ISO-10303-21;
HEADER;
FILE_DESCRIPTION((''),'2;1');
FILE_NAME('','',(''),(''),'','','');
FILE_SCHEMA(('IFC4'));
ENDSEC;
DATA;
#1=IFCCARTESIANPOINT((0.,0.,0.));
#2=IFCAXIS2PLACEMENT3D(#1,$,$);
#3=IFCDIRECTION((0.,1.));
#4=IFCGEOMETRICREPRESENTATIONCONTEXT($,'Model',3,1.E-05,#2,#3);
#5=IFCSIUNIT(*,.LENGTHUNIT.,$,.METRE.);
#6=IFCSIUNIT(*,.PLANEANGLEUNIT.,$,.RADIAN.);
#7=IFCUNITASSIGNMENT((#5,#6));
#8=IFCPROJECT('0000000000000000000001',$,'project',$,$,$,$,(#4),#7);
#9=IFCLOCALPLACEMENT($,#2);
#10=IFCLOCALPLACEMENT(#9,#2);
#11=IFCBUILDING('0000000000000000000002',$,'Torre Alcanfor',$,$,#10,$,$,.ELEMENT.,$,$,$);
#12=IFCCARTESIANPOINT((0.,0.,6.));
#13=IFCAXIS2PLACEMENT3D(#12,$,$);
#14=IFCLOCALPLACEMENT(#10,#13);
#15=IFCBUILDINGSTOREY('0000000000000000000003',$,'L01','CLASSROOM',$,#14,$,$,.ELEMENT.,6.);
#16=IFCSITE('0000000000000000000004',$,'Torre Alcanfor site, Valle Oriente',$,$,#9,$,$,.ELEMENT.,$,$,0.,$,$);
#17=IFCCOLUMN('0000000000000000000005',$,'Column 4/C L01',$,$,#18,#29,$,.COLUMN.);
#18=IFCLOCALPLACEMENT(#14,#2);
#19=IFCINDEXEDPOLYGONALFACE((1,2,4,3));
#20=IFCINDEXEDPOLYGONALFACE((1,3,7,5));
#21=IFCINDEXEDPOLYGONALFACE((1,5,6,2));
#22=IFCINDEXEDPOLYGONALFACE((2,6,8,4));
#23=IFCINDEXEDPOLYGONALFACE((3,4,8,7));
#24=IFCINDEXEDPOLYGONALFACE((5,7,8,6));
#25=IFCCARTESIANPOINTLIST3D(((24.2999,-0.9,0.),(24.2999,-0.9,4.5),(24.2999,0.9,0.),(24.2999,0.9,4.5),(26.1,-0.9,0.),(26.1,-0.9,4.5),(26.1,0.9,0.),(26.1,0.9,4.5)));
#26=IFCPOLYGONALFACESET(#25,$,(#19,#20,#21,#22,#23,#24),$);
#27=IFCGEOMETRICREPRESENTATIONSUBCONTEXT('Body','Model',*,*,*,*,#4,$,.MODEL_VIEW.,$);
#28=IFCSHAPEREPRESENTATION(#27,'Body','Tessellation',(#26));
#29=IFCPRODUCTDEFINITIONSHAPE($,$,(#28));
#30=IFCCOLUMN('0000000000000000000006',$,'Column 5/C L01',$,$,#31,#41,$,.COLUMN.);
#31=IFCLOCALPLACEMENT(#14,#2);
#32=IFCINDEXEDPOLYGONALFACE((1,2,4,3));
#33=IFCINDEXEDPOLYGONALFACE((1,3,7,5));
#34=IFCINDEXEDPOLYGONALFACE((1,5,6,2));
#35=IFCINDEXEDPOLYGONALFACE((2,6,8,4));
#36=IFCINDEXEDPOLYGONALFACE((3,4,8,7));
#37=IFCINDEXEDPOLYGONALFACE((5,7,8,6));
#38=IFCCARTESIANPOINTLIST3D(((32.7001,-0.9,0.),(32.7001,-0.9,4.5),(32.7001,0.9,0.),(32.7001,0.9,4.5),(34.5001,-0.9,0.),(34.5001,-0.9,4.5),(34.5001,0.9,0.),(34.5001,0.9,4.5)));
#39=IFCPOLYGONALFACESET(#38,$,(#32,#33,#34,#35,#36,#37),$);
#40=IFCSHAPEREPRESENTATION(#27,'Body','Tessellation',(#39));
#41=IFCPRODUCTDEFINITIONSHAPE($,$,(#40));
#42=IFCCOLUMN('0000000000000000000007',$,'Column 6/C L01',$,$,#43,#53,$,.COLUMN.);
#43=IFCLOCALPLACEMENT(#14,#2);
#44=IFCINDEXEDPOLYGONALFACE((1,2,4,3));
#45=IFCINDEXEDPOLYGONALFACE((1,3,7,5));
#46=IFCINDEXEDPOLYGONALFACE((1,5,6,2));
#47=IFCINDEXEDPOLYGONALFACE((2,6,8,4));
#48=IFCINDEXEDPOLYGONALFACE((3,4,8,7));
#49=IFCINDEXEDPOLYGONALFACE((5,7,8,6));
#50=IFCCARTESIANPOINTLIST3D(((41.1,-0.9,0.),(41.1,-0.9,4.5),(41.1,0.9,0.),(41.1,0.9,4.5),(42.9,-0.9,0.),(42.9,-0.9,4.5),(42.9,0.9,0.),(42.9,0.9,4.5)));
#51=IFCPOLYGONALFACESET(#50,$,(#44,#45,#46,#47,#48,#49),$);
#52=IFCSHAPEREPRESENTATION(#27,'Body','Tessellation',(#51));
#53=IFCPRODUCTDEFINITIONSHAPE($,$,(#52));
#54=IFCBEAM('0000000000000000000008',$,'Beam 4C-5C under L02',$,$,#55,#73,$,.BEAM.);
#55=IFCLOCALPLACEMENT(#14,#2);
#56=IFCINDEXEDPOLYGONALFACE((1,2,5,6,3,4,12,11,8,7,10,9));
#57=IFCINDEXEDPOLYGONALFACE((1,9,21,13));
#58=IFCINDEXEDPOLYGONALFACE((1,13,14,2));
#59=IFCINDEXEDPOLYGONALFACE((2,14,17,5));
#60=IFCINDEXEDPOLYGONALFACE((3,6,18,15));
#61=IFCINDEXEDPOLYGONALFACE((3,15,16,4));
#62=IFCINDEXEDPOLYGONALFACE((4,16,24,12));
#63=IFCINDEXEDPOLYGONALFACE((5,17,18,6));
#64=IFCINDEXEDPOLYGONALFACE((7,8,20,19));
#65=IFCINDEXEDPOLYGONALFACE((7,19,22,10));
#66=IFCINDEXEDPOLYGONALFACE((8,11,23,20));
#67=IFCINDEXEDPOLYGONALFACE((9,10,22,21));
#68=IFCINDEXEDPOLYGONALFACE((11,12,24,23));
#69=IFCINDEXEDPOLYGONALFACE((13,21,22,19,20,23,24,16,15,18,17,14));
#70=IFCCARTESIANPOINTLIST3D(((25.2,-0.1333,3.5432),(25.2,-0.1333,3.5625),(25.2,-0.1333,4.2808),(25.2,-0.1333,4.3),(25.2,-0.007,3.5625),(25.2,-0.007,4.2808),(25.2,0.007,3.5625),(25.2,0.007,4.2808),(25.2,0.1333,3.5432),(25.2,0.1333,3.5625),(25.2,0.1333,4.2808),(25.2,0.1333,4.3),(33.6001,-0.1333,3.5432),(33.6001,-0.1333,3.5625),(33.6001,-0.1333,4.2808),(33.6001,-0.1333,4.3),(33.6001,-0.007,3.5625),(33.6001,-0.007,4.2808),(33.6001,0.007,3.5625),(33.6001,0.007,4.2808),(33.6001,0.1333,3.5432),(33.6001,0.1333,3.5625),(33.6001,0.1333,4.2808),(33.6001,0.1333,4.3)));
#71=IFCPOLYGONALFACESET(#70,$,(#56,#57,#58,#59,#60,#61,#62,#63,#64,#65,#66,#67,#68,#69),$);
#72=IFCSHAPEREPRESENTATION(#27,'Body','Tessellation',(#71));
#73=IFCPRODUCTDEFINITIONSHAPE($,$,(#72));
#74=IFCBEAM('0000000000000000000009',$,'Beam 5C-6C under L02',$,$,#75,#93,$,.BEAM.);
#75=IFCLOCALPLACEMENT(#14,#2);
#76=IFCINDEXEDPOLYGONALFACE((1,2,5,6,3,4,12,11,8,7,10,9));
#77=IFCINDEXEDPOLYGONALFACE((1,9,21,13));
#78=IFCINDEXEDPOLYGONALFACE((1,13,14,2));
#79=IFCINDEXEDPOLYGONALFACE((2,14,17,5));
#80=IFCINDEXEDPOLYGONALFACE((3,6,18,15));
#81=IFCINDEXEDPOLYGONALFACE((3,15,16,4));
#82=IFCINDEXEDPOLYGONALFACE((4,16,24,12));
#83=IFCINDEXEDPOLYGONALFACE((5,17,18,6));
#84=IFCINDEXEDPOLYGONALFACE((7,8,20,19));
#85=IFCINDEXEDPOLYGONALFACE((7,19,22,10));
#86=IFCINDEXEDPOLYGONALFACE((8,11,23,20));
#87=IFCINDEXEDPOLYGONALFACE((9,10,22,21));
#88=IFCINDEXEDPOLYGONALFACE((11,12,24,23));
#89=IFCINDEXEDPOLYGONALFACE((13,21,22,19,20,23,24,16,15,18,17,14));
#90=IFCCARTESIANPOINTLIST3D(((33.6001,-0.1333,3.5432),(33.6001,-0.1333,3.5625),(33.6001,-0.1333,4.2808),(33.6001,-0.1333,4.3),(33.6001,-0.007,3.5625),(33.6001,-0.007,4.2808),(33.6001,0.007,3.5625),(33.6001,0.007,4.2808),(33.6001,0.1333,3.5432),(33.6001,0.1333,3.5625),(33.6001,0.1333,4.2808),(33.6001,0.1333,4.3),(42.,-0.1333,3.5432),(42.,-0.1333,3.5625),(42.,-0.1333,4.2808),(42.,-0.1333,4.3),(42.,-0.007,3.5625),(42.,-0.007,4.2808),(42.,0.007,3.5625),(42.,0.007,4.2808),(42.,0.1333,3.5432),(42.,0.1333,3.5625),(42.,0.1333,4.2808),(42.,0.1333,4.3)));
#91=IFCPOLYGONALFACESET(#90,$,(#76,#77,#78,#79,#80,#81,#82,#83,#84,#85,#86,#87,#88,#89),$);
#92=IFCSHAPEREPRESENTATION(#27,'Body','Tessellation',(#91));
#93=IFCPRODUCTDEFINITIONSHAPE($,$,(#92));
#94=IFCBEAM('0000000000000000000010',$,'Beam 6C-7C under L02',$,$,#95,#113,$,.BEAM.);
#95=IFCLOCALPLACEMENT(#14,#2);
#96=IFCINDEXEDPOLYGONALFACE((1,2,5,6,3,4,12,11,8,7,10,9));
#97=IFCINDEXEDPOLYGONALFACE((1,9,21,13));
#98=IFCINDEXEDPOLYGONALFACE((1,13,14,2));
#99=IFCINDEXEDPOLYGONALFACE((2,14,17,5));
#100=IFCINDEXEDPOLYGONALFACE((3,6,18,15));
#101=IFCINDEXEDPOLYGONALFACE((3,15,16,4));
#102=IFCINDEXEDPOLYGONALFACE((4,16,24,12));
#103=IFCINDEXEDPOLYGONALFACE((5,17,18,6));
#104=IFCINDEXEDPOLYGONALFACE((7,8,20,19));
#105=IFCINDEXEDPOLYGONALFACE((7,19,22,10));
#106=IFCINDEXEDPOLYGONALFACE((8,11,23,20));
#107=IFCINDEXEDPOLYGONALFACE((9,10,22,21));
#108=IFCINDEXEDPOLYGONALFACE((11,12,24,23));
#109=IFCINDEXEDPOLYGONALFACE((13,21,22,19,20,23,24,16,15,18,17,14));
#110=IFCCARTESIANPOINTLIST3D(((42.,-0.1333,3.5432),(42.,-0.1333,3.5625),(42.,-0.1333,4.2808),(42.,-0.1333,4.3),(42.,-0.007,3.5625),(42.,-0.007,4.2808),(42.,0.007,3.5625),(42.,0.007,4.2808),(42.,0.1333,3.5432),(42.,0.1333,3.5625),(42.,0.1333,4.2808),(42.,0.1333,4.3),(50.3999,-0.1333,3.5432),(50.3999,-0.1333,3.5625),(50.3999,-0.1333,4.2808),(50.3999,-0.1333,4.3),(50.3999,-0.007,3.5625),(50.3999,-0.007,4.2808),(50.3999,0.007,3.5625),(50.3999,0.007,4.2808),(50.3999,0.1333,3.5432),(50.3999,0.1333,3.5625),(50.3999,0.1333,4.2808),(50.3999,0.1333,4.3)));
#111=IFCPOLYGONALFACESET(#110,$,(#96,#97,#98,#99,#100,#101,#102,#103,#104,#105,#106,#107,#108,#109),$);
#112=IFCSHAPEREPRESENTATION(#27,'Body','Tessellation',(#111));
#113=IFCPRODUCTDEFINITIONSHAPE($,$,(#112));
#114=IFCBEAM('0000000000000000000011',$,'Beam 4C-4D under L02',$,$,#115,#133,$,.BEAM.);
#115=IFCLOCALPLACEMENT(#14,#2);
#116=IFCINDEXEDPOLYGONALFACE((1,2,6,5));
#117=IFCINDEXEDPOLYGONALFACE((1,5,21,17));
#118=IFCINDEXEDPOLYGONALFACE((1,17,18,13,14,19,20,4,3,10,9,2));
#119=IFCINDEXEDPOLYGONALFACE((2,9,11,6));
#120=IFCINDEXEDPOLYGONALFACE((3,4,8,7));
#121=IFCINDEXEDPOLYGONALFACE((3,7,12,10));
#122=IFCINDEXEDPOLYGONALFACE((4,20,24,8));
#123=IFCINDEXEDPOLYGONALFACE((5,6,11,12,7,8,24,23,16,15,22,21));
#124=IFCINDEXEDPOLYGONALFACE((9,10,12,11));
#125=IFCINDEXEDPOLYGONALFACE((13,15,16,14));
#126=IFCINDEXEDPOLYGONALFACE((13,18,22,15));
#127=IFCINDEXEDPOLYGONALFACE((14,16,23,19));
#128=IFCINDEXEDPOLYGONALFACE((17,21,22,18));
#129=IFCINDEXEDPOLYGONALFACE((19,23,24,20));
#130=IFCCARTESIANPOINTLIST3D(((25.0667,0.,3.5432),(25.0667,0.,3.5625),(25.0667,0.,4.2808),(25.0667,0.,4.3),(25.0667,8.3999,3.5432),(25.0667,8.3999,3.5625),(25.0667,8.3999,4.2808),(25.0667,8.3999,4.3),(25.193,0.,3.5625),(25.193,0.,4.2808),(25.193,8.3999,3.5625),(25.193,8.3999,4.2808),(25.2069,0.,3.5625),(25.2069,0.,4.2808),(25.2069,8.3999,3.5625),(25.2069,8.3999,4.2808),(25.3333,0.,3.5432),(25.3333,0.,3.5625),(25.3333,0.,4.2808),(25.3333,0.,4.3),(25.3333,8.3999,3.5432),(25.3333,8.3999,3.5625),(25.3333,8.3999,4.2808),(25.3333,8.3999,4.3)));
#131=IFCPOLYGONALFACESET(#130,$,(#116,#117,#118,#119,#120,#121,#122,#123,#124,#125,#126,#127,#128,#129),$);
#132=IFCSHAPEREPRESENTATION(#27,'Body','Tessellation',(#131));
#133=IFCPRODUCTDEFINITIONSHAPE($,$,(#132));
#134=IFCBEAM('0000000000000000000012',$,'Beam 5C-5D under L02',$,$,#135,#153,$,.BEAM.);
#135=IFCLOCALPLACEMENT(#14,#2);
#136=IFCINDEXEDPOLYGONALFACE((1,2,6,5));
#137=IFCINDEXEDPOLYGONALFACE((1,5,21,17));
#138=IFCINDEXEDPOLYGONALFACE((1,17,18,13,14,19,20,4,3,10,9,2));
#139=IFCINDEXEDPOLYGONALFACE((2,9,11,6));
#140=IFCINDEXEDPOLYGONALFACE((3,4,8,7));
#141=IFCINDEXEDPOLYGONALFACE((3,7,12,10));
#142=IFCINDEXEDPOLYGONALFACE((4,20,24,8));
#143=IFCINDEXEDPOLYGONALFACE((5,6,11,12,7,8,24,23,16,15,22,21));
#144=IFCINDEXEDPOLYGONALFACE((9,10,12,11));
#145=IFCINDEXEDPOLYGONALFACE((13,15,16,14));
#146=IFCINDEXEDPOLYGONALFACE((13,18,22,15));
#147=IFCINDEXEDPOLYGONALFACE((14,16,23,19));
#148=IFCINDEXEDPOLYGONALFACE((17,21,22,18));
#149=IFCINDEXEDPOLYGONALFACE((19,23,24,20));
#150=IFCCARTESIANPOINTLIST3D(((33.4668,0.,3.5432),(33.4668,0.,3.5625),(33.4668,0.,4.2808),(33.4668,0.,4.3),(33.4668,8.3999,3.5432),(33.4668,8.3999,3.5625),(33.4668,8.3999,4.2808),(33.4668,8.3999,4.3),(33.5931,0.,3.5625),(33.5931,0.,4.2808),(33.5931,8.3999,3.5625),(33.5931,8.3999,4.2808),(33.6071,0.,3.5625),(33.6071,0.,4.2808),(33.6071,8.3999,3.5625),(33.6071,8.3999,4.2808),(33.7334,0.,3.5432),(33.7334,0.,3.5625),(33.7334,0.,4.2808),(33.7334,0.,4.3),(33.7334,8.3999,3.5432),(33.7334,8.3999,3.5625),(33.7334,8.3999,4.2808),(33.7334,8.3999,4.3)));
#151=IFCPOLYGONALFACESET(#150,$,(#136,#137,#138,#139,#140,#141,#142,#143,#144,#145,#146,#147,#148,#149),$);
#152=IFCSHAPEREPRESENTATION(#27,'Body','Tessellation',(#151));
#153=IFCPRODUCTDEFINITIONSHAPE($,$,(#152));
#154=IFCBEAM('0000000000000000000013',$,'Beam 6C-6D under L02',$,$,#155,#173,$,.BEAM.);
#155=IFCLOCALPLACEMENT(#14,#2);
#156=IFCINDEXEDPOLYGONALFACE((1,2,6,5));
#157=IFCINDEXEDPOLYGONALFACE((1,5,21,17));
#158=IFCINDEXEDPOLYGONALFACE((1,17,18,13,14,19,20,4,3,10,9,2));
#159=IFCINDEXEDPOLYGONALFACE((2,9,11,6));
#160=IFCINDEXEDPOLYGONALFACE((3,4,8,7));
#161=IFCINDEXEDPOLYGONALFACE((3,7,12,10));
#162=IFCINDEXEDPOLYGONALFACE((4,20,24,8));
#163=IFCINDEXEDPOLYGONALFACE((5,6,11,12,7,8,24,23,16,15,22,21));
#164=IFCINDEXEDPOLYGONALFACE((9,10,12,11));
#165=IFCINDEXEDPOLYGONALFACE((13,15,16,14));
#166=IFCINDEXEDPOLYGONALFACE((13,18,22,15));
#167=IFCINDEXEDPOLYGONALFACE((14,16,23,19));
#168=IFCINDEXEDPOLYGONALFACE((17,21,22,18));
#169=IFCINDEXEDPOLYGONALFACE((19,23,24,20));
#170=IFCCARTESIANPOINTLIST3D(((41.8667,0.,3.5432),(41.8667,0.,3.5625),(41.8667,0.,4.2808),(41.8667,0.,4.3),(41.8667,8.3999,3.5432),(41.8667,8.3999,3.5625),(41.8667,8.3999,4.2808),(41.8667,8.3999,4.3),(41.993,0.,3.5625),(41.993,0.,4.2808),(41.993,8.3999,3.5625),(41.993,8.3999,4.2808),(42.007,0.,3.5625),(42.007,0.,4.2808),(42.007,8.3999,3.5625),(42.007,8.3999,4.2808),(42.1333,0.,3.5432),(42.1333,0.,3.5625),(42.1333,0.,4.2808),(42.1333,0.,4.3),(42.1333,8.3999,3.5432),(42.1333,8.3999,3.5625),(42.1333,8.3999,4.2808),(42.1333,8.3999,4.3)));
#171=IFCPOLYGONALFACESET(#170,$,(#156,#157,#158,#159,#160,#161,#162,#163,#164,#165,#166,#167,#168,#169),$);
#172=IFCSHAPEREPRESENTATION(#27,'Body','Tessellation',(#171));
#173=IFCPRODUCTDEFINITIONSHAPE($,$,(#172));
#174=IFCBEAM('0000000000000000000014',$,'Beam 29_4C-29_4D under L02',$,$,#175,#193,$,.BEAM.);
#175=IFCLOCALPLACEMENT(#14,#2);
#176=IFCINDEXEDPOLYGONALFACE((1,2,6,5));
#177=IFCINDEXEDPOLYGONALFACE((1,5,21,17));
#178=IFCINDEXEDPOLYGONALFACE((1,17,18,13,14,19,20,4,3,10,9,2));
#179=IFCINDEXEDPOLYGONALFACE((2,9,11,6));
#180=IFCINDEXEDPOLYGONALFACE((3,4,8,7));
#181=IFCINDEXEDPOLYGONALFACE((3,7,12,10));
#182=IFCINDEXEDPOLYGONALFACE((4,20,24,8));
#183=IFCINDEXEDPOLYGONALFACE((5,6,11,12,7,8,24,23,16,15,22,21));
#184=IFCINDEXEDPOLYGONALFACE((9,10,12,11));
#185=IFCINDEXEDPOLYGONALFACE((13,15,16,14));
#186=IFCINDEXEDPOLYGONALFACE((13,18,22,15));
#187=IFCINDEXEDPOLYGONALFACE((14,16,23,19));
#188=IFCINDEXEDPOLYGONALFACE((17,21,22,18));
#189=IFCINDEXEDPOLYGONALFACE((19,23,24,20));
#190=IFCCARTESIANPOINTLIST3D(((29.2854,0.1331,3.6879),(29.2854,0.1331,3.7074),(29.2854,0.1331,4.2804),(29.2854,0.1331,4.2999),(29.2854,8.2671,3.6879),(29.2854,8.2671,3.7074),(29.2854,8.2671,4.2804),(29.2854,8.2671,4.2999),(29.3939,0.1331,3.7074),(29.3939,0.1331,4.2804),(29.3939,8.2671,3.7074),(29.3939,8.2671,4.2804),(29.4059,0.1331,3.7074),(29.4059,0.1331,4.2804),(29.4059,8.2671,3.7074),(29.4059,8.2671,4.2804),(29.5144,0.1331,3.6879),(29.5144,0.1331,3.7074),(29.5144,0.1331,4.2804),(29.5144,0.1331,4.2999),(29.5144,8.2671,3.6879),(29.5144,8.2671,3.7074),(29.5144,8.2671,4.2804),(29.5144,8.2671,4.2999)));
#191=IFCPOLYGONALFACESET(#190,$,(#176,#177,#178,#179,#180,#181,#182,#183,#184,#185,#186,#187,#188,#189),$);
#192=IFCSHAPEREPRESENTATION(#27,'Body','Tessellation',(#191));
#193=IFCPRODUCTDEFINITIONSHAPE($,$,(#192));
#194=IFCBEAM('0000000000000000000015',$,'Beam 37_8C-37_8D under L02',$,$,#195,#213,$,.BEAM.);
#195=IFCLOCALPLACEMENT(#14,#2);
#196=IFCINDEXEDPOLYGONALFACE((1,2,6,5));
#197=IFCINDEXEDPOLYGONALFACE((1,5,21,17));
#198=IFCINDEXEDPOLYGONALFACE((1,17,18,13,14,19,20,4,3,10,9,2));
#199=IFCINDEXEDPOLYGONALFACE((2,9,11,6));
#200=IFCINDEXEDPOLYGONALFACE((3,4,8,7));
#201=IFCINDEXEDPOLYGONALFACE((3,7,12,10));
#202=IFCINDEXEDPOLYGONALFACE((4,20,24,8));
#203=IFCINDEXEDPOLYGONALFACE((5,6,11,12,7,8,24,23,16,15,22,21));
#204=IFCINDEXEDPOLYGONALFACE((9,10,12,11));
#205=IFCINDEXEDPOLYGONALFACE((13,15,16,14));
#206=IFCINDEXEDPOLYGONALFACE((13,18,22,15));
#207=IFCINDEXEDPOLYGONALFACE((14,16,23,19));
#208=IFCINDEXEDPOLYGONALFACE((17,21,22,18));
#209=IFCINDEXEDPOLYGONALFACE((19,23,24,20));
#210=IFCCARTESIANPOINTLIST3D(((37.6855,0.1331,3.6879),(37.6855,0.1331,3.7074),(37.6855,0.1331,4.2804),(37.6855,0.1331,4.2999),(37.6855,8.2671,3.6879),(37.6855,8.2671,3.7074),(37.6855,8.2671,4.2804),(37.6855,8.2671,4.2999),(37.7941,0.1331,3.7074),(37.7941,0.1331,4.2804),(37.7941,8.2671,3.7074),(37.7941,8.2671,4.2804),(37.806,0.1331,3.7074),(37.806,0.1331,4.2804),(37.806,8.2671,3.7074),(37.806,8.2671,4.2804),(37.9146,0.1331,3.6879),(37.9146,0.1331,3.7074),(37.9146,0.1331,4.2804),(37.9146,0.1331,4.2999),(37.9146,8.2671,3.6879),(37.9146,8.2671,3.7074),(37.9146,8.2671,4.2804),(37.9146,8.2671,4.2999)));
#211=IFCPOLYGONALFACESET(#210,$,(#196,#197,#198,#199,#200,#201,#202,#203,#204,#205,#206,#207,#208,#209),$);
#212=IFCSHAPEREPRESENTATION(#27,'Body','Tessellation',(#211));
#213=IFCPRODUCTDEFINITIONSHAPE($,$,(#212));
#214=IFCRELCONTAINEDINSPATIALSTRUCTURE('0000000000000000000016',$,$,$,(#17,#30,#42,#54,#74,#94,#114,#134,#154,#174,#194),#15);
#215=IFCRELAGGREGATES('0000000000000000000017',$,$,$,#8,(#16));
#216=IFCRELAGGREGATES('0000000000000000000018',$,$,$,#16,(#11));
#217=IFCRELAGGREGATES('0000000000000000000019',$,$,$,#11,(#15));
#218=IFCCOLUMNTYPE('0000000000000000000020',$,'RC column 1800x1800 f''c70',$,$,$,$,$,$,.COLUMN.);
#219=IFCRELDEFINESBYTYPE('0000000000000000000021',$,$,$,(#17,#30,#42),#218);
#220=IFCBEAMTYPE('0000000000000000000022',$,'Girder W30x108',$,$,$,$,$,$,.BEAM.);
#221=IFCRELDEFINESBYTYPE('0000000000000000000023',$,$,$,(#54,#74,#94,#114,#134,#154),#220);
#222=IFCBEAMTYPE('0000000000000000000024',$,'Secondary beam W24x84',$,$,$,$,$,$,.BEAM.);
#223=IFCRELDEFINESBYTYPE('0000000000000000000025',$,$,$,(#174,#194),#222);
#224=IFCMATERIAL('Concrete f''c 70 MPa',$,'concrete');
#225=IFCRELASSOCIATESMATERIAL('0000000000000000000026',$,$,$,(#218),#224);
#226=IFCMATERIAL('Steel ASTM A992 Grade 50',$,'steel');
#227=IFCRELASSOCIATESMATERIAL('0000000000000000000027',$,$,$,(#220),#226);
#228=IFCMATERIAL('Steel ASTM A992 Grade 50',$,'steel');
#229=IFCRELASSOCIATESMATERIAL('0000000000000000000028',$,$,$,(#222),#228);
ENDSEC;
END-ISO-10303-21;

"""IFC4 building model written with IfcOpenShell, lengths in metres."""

from ifc_helpers import new_model, si_unit, direction, frame, origin, origin_2d, place, context, subcontext, project, spatial, rectangle, i_section, extrude, material, material_profile, profile_set, type_object, element, save


model = new_model("IFC4")

# Units and contexts
model_context = context("Model", 3, precision=1e-05, world=origin(), true_north=direction((0.0, 1.0)))
body_context = subcontext(model_context, "Body", "Model", "MODEL_VIEW")
ifc_project = project(units=[si_unit("LENGTHUNIT", "METRE"), si_unit("PLANEANGLEUNIT", "RADIAN")], contexts=[model_context])

# Site, building, storey
site_placement = place(None, origin())
site = spatial("IfcSite", under=ifc_project, at=site_placement, Name="Torre Alcanfor site, Valle Oriente", CompositionType="ELEMENT", RefElevation=0.0)
building_placement = place(site_placement, origin())
building = spatial("IfcBuilding", under=site, at=building_placement, Name="Torre Alcanfor", CompositionType="ELEMENT")
storey_placement = place(building_placement, frame((0.0, 0.0, 6.0)))
storey = spatial("IfcBuildingStorey", under=building, at=storey_placement, Name="L01", Description="CLASSROOM", CompositionType="ELEMENT", Elevation=6.0)

# Columns
ifc_material_1 = material(Name="Concrete f'c 70 MPa", Category="concrete")
ifc_material_profile_1 = material_profile(ifc_material_1, rectangle(XDim=1.8, YDim=1.8, at=origin_2d()), Name="1800x1800")
ifc_profile_set_1 = profile_set([ifc_material_profile_1], Name="Concrete f'c 70 MPa")
column_type = type_object("IfcColumnType", Name="RC column 1800x1800 f'c70", PredefinedType="COLUMN", material=ifc_profile_set_1)
for number, where, z_axis, x_axis, name in (
    (1, (25.2, 0.0, 0.0), (0.0, 0.0, 1.0), (1.0, 0.0, 0.0), "Column 4/C L01"),
    (2, (33.6001, 0.0, 0.0), (0.0, 0.0, 1.0), (1.0, 0.0, 0.0), "Column 5/C L01"),
    (3, (42.0, 0.0, 0.0), (0.0, 0.0, 1.0), (1.0, 0.0, 0.0), "Column 6/C L01"),
):
    element("IfcColumn", number, at=place(storey_placement, frame(where, z_axis=z_axis, x_axis=x_axis)), inside=storey, type_object=column_type, Name=name, PredefinedType="COLUMN", context=body_context, shape_type="SweptSolid", body=[
        extrude(rectangle(XDim=1.8, YDim=1.8, at=origin_2d()), origin(), (0.0, 0.0, 1.0), 4.5),
    ])

# Beams
ifc_material_2 = material(Name="Steel ASTM A992 Grade 50", Category="steel")
ifc_material_profile_2 = material_profile(ifc_material_2, i_section(OverallWidth=0.2666, OverallDepth=0.7568, WebThickness=0.0139, FlangeThickness=0.0193, at=origin_2d()), Name="W30x108")
ifc_profile_set_2 = profile_set([ifc_material_profile_2], Name="Steel ASTM A992 Grade 50")
beam_type_1 = type_object("IfcBeamType", Name="Girder W30x108", PredefinedType="BEAM", material=ifc_profile_set_2)
beam_placement = place(storey_placement, frame((25.2, 0.0, 3.9216), z_axis=(1.0, 0.0, 0.0), x_axis=(0.0, 1.0, 0.0)))
element("IfcBeam", 4, at=beam_placement, inside=storey, type_object=beam_type_1, Name="Beam 4C-5C under L02", PredefinedType="BEAM", context=body_context, shape_type="SweptSolid", body=[
    extrude(i_section(OverallWidth=0.2666, OverallDepth=0.7568, WebThickness=0.0139, FlangeThickness=0.0193, at=origin_2d()), origin(), (0.0, 0.0, 1.0), 8.4001),
])
for number, where, z_axis, x_axis, name in (
    (5, (33.6001, 0.0, 3.9216), (1.0, 0.0, 0.0), (0.0, 1.0, 0.0), "Beam 5C-6C under L02"),
    (6, (42.0, 0.0, 3.9216), (1.0, 0.0, 0.0), (0.0, 1.0, 0.0), "Beam 6C-7C under L02"),
    (7, (25.2, 0.0, 3.9216), (0.0, 1.0, 0.0), (-1.0, 0.0, 0.0), "Beam 4C-4D under L02"),
    (8, (33.6001, 0.0, 3.9216), (0.0, 1.0, 0.0), (-1.0, 0.0, 0.0), "Beam 5C-5D under L02"),
    (9, (42.0, 0.0, 3.9216), (0.0, 1.0, 0.0), (-1.0, 0.0, 0.0), "Beam 6C-6D under L02"),
):
    element("IfcBeam", number, at=place(storey_placement, frame(where, z_axis=z_axis, x_axis=x_axis)), inside=storey, type_object=beam_type_1, Name=name, PredefinedType="BEAM", context=body_context, shape_type="SweptSolid", body=[
        extrude(i_section(OverallWidth=0.2666, OverallDepth=0.7568, WebThickness=0.0139, FlangeThickness=0.0193, at=origin_2d()), origin(), (0.0, 0.0, 1.0), 8.3999),
    ])
ifc_material_3 = material(Name="Steel ASTM A992 Grade 50", Category="steel")
ifc_material_profile_3 = material_profile(ifc_material_3, i_section(OverallWidth=0.229, OverallDepth=0.6121, WebThickness=0.012, FlangeThickness=0.0195, at=origin_2d()), Name="W24x84")
ifc_profile_set_3 = profile_set([ifc_material_profile_3], Name="Steel ASTM A992 Grade 50")
beam_type_2 = type_object("IfcBeamType", Name="Secondary beam W24x84", PredefinedType="BEAM", material=ifc_profile_set_3)
for number, where, z_axis, x_axis, name in (
    (10, (29.3999, 0.1331, 3.9939), (0.0, 1.0, 0.0), (-1.0, 0.0, 0.0), "Beam 29_4C-29_4D under L02"),
    (11, (37.8, 0.1331, 3.9939), (0.0, 1.0, 0.0), (-1.0, 0.0, 0.0), "Beam 37_8C-37_8D under L02"),
):
    element("IfcBeam", number, at=place(storey_placement, frame(where, z_axis=z_axis, x_axis=x_axis)), inside=storey, type_object=beam_type_2, Name=name, PredefinedType="BEAM", context=body_context, shape_type="SweptSolid", body=[
        extrude(i_section(OverallWidth=0.229, OverallDepth=0.6121, WebThickness=0.012, FlangeThickness=0.0195, at=origin_2d()), origin(), (0.0, 0.0, 1.0), 8.134),
    ])

save(model, "model.ifc")
